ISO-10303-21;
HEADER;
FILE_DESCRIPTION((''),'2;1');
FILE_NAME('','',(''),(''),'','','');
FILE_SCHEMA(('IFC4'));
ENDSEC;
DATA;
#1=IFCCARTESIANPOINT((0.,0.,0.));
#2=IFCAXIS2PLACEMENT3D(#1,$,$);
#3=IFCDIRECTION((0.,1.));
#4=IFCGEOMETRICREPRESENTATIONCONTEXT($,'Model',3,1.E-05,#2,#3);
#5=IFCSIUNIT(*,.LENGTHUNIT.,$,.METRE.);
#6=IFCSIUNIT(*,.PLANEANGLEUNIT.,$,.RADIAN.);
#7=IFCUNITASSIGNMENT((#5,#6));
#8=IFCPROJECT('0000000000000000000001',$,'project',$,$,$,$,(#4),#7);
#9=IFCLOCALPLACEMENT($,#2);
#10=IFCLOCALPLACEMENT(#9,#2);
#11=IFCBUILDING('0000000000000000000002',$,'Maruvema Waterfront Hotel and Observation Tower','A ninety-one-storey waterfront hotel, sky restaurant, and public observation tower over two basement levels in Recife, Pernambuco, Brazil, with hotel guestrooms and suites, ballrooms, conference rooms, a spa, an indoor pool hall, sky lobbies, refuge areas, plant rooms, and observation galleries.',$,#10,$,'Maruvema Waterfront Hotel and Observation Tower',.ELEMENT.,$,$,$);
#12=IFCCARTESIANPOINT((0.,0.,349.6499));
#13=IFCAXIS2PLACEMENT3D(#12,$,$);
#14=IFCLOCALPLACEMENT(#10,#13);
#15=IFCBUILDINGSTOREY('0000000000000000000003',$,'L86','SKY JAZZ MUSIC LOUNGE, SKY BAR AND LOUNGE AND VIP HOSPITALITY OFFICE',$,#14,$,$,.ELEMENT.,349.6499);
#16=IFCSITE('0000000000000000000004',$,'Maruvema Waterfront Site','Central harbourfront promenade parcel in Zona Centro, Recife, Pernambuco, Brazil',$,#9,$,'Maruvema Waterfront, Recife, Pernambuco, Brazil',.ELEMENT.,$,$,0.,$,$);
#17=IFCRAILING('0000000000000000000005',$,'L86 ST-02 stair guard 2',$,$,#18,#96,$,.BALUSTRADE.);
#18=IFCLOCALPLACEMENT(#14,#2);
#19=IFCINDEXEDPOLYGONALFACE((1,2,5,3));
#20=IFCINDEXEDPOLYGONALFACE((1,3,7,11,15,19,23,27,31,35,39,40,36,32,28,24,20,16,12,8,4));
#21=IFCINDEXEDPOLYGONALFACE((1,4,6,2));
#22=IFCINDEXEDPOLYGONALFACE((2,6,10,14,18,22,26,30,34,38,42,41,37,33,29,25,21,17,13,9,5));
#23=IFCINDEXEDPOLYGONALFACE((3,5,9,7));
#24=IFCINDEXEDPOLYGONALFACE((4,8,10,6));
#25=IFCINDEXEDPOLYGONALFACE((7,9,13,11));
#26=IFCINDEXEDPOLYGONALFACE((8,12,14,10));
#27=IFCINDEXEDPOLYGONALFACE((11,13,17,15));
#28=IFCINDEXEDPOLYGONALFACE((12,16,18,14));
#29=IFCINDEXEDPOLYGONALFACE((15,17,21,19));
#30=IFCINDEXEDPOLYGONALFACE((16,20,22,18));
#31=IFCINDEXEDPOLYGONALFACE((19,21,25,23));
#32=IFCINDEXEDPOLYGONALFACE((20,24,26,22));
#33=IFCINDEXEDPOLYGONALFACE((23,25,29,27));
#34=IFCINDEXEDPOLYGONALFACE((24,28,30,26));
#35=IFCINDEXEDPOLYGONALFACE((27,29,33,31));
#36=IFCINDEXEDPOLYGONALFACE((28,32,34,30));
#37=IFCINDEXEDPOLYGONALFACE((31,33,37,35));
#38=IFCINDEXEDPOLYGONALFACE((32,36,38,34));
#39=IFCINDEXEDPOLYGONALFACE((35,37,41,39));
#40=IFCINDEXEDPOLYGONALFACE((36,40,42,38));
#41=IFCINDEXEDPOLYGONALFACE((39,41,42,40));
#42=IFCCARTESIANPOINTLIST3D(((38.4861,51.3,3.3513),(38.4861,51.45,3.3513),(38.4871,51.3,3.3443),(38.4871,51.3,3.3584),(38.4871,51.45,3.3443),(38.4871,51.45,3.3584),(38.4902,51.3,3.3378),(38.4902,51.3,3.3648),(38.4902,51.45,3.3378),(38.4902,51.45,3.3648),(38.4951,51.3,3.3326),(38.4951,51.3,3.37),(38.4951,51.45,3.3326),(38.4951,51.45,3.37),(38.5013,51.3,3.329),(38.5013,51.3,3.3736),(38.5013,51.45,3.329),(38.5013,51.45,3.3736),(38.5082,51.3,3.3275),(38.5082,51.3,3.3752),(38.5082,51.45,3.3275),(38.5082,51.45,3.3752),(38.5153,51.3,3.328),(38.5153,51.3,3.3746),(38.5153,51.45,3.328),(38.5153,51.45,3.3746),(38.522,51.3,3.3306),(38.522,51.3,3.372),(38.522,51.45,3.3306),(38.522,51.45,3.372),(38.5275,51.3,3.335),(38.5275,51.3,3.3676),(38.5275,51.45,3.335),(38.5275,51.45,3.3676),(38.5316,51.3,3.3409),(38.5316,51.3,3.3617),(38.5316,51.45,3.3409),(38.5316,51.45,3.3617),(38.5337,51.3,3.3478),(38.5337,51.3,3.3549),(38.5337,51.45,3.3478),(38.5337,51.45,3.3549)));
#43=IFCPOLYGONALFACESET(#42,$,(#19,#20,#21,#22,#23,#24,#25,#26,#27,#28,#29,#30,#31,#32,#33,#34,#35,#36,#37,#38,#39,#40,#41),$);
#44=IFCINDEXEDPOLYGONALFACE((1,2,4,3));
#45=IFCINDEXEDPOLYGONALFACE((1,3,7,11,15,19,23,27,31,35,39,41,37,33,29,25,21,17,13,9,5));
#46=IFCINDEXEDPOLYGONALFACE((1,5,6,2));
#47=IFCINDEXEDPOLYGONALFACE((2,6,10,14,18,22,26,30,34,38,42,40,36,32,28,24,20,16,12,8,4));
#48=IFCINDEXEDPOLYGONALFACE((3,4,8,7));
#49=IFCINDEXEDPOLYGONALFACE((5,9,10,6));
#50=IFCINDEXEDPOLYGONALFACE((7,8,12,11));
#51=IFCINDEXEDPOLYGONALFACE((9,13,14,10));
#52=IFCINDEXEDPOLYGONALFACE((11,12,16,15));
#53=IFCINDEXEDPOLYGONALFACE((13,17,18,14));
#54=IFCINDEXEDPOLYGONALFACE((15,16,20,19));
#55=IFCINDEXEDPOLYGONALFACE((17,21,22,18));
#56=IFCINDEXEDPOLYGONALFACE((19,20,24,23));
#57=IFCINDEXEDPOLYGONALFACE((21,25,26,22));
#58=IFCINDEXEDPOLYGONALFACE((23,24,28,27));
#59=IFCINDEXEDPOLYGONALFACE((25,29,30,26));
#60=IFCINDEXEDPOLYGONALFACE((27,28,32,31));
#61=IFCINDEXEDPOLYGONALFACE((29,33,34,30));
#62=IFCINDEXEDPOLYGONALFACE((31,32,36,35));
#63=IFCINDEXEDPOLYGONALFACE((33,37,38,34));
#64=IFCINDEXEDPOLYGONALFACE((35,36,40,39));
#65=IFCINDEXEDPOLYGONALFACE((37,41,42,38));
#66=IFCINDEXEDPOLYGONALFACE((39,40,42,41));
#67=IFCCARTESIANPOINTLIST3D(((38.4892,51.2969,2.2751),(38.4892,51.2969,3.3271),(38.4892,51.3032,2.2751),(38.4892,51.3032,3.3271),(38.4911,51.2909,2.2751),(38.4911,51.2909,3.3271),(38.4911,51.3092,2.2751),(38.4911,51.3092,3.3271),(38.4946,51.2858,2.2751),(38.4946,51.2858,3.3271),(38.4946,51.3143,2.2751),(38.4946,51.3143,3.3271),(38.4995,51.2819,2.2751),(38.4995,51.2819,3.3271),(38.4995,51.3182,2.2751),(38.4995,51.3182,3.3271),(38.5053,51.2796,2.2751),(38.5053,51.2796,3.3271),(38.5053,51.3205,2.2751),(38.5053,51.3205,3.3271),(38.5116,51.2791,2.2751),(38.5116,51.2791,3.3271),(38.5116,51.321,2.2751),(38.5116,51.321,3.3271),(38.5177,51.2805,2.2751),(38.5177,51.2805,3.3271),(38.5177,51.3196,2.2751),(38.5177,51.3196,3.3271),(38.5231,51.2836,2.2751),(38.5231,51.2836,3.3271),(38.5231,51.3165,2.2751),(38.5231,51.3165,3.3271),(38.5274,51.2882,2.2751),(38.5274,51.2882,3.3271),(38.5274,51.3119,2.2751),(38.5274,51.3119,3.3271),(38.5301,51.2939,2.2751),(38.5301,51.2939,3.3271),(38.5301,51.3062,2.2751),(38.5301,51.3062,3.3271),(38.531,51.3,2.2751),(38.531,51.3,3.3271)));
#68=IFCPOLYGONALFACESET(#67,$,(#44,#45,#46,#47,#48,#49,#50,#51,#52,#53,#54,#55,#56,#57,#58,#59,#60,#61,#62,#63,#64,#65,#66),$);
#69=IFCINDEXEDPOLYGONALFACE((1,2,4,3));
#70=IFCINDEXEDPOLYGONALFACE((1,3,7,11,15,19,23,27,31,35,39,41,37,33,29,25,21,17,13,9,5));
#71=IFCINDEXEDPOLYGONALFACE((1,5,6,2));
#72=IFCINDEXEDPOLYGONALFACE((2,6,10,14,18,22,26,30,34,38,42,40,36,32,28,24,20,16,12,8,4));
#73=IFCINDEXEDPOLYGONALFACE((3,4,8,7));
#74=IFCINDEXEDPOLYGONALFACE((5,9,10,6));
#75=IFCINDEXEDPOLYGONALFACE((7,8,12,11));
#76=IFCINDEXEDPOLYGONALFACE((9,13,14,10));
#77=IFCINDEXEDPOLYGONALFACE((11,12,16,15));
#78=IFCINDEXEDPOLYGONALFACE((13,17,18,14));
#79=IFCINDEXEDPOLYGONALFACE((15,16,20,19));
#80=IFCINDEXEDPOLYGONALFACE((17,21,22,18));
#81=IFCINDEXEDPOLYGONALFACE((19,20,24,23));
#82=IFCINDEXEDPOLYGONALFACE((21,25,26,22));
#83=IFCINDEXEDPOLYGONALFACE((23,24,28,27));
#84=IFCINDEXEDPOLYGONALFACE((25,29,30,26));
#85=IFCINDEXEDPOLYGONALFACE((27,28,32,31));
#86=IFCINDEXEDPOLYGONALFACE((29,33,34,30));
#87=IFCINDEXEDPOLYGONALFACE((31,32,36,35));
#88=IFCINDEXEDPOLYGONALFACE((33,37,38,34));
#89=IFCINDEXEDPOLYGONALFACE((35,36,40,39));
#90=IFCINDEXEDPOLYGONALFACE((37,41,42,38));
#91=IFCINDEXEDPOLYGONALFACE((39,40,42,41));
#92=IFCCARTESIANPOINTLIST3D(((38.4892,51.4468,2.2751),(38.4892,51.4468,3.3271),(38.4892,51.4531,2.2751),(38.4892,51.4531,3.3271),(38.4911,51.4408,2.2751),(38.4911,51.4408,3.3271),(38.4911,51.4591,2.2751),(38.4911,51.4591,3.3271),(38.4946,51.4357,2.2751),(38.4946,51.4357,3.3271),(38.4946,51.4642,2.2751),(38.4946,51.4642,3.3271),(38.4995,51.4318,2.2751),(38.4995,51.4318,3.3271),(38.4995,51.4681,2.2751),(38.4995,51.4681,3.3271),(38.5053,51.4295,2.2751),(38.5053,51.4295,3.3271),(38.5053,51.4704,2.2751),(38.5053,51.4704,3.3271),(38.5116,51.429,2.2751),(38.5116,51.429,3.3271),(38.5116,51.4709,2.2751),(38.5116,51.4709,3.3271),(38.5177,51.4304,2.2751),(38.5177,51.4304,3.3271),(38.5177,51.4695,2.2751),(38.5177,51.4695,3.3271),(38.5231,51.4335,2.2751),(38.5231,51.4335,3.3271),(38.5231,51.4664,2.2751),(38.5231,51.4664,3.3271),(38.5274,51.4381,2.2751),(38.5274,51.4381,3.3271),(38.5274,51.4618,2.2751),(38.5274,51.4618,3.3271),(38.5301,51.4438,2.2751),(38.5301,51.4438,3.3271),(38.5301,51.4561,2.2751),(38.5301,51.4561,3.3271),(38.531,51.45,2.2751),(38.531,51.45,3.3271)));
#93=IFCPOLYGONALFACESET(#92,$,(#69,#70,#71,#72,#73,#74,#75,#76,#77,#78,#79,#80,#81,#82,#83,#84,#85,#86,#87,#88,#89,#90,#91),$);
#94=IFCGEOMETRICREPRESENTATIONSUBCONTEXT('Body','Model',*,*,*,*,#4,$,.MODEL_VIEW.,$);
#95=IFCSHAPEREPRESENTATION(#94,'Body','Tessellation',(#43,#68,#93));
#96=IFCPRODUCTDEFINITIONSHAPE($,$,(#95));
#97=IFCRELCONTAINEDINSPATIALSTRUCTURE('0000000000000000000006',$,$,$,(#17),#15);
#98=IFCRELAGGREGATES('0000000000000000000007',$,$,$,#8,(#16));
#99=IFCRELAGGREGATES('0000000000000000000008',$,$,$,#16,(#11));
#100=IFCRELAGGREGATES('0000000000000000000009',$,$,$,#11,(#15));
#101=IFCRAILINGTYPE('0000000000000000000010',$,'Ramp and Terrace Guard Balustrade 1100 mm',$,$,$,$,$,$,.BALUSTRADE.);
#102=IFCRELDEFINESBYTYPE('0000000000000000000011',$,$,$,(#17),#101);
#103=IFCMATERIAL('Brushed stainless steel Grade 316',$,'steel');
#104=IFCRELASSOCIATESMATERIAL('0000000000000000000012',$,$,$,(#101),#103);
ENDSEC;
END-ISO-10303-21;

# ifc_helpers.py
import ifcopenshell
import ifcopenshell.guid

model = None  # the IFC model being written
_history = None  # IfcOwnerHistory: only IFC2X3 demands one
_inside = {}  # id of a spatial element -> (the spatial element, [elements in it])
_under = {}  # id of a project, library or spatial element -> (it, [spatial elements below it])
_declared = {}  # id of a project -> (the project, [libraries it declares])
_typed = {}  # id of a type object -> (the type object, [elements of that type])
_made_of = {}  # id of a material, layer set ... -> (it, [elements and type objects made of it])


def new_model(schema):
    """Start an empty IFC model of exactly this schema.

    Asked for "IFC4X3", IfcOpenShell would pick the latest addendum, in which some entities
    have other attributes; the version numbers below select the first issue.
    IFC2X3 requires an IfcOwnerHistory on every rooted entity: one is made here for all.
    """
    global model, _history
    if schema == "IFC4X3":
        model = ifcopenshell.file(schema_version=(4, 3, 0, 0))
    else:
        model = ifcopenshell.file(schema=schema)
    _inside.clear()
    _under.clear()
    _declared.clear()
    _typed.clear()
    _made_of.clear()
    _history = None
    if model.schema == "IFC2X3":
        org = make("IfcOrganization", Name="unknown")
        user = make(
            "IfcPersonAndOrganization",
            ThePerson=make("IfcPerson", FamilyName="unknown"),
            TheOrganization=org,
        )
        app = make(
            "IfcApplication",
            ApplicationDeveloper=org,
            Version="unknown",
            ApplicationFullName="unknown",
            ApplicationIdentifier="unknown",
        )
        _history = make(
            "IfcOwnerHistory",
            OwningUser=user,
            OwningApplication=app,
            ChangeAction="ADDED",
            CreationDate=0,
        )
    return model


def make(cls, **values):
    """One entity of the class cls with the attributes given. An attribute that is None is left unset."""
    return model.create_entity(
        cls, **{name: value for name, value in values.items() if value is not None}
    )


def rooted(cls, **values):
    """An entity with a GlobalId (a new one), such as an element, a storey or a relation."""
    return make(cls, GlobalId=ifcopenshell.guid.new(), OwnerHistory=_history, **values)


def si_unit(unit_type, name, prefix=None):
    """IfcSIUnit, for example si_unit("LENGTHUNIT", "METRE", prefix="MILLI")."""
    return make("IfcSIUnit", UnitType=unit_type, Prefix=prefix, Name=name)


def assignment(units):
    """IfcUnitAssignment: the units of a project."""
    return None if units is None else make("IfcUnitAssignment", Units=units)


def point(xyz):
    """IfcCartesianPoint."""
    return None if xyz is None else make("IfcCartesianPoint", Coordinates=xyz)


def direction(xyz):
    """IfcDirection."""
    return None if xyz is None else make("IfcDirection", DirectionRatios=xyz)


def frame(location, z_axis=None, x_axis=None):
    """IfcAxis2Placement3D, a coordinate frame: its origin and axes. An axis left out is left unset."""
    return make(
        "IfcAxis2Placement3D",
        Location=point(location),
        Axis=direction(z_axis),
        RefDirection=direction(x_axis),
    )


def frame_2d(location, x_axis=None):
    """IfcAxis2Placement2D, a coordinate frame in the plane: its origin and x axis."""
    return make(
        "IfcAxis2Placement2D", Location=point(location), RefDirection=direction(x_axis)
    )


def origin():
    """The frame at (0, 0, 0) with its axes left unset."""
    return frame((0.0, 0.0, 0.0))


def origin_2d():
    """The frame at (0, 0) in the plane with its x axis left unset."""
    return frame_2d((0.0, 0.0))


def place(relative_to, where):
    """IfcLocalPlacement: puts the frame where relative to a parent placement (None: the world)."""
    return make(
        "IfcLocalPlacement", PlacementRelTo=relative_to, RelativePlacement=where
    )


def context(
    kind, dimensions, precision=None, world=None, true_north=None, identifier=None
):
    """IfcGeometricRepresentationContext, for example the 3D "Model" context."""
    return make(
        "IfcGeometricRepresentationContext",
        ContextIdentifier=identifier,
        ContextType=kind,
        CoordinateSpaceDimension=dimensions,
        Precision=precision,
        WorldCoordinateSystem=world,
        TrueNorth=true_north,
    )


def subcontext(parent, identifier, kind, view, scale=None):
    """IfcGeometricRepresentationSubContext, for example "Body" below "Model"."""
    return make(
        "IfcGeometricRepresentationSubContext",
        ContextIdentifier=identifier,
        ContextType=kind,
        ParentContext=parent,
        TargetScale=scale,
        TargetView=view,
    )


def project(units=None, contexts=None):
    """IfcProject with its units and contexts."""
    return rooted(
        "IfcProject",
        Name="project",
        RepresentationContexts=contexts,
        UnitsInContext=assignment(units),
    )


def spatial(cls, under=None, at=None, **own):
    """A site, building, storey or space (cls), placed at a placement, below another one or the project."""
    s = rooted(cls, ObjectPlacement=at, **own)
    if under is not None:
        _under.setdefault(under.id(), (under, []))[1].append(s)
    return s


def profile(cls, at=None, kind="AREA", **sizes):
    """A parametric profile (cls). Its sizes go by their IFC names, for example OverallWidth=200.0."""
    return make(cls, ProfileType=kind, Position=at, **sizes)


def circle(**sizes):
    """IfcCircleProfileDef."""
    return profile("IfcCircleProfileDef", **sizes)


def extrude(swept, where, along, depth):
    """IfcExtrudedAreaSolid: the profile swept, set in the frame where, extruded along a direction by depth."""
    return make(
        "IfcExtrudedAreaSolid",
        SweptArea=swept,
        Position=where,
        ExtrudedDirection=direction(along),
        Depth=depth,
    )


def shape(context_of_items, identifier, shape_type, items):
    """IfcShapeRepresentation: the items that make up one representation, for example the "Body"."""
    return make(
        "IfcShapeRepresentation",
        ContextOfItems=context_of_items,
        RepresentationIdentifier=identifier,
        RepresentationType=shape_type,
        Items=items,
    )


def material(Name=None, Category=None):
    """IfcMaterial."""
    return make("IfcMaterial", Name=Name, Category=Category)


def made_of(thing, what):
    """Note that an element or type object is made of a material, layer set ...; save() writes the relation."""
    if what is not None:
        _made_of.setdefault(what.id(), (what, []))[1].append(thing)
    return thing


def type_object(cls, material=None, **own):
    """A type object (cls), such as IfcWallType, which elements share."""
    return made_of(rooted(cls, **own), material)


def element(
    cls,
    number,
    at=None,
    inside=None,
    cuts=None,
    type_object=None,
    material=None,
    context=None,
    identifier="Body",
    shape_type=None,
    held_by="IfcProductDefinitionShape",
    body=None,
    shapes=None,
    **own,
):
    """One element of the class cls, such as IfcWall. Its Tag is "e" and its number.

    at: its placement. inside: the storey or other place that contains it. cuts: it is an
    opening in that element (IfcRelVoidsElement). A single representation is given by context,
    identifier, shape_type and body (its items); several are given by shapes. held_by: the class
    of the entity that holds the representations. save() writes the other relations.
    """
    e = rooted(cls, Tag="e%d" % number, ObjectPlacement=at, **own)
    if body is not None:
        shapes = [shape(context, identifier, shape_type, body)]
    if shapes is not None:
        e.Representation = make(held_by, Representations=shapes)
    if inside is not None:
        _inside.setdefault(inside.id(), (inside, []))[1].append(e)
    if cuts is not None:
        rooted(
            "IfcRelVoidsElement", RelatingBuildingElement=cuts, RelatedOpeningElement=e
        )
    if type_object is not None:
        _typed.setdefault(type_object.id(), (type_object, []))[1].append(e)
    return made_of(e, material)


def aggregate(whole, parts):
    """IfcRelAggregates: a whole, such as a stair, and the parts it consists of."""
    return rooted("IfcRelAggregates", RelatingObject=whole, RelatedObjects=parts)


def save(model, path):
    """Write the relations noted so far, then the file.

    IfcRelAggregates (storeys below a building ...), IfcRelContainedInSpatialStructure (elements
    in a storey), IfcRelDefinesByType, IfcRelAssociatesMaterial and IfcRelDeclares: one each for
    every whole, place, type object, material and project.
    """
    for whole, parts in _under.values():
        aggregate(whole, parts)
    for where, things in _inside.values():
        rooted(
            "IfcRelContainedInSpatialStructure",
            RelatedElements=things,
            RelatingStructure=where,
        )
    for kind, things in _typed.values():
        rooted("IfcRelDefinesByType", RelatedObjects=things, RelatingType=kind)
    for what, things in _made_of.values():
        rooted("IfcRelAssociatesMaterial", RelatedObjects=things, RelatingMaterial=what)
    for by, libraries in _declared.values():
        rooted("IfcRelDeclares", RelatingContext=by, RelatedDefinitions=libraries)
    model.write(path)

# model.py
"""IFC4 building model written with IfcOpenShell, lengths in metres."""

from ifc_helpers import new_model, si_unit, direction, frame, origin, origin_2d, place, context, subcontext, project, spatial, circle, extrude, material, type_object, element, save


model = new_model("IFC4")

# Units and contexts
model_context = context("Model", 3, precision=1e-05, world=origin(), true_north=direction((0.0, 1.0)))
body_context = subcontext(model_context, "Body", "Model", "MODEL_VIEW")
ifc_project = project(units=[si_unit("LENGTHUNIT", "METRE"), si_unit("PLANEANGLEUNIT", "RADIAN")], contexts=[model_context])

# Site, building, storey
site_placement = place(None, origin())
site = spatial("IfcSite", under=ifc_project, at=site_placement, Name="Maruvema Waterfront Site", Description="Central harbourfront promenade parcel in Zona Centro, Recife, Pernambuco, Brazil", LongName="Maruvema Waterfront, Recife, Pernambuco, Brazil", CompositionType="ELEMENT", RefElevation=0.0)
building_placement = place(site_placement, origin())
building = spatial("IfcBuilding", under=site, at=building_placement, Name="Maruvema Waterfront Hotel and Observation Tower", Description="A ninety-one-storey waterfront hotel, sky restaurant, and public observation tower over two basement levels in Recife, Pernambuco, Brazil, with hotel guestrooms and suites, ballrooms, conference rooms, a spa, an indoor pool hall, sky lobbies, refuge areas, plant rooms, and observation galleries.", LongName="Maruvema Waterfront Hotel and Observation Tower", CompositionType="ELEMENT")
storey_placement = place(building_placement, frame((0.0, 0.0, 349.6499)))
storey = spatial("IfcBuildingStorey", under=building, at=storey_placement, Name="L86", Description="SKY JAZZ MUSIC LOUNGE, SKY BAR AND LOUNGE AND VIP HOSPITALITY OFFICE", CompositionType="ELEMENT", Elevation=349.6499)

# Railing
ifc_material_1 = material(Name="Brushed stainless steel Grade 316", Category="steel")
railing_type_1 = type_object("IfcRailingType", Name="Ramp and Terrace Guard Balustrade 1100 mm", PredefinedType="BALUSTRADE", material=ifc_material_1)
railing_1_placement = place(storey_placement, frame((38.51, 51.3, 2.2751)))
element("IfcRailing", 1, at=railing_1_placement, inside=storey, type_object=railing_type_1, Name="L86 ST-02 stair guard 2", PredefinedType="BALUSTRADE", context=body_context, shape_type="SweptSolid", body=[
    extrude(circle(Radius=0.0239, at=origin_2d()), frame((0.0, 0.0, 1.0762), z_axis=(0.0, 1.0, 0.0), x_axis=(-1.0, 0.0, 0.0)), (0.0, 0.0, 1.0), 0.1499),
    extrude(circle(Radius=0.021, at=origin_2d()), origin(), (0.0, 0.0, 1.0), 1.052),
    extrude(circle(Radius=0.021, at=origin_2d()), frame((0.0, 0.1499, 0.0)), (0.0, 0.0, 1.0), 1.052),
])

save(model, "model.ifc")
